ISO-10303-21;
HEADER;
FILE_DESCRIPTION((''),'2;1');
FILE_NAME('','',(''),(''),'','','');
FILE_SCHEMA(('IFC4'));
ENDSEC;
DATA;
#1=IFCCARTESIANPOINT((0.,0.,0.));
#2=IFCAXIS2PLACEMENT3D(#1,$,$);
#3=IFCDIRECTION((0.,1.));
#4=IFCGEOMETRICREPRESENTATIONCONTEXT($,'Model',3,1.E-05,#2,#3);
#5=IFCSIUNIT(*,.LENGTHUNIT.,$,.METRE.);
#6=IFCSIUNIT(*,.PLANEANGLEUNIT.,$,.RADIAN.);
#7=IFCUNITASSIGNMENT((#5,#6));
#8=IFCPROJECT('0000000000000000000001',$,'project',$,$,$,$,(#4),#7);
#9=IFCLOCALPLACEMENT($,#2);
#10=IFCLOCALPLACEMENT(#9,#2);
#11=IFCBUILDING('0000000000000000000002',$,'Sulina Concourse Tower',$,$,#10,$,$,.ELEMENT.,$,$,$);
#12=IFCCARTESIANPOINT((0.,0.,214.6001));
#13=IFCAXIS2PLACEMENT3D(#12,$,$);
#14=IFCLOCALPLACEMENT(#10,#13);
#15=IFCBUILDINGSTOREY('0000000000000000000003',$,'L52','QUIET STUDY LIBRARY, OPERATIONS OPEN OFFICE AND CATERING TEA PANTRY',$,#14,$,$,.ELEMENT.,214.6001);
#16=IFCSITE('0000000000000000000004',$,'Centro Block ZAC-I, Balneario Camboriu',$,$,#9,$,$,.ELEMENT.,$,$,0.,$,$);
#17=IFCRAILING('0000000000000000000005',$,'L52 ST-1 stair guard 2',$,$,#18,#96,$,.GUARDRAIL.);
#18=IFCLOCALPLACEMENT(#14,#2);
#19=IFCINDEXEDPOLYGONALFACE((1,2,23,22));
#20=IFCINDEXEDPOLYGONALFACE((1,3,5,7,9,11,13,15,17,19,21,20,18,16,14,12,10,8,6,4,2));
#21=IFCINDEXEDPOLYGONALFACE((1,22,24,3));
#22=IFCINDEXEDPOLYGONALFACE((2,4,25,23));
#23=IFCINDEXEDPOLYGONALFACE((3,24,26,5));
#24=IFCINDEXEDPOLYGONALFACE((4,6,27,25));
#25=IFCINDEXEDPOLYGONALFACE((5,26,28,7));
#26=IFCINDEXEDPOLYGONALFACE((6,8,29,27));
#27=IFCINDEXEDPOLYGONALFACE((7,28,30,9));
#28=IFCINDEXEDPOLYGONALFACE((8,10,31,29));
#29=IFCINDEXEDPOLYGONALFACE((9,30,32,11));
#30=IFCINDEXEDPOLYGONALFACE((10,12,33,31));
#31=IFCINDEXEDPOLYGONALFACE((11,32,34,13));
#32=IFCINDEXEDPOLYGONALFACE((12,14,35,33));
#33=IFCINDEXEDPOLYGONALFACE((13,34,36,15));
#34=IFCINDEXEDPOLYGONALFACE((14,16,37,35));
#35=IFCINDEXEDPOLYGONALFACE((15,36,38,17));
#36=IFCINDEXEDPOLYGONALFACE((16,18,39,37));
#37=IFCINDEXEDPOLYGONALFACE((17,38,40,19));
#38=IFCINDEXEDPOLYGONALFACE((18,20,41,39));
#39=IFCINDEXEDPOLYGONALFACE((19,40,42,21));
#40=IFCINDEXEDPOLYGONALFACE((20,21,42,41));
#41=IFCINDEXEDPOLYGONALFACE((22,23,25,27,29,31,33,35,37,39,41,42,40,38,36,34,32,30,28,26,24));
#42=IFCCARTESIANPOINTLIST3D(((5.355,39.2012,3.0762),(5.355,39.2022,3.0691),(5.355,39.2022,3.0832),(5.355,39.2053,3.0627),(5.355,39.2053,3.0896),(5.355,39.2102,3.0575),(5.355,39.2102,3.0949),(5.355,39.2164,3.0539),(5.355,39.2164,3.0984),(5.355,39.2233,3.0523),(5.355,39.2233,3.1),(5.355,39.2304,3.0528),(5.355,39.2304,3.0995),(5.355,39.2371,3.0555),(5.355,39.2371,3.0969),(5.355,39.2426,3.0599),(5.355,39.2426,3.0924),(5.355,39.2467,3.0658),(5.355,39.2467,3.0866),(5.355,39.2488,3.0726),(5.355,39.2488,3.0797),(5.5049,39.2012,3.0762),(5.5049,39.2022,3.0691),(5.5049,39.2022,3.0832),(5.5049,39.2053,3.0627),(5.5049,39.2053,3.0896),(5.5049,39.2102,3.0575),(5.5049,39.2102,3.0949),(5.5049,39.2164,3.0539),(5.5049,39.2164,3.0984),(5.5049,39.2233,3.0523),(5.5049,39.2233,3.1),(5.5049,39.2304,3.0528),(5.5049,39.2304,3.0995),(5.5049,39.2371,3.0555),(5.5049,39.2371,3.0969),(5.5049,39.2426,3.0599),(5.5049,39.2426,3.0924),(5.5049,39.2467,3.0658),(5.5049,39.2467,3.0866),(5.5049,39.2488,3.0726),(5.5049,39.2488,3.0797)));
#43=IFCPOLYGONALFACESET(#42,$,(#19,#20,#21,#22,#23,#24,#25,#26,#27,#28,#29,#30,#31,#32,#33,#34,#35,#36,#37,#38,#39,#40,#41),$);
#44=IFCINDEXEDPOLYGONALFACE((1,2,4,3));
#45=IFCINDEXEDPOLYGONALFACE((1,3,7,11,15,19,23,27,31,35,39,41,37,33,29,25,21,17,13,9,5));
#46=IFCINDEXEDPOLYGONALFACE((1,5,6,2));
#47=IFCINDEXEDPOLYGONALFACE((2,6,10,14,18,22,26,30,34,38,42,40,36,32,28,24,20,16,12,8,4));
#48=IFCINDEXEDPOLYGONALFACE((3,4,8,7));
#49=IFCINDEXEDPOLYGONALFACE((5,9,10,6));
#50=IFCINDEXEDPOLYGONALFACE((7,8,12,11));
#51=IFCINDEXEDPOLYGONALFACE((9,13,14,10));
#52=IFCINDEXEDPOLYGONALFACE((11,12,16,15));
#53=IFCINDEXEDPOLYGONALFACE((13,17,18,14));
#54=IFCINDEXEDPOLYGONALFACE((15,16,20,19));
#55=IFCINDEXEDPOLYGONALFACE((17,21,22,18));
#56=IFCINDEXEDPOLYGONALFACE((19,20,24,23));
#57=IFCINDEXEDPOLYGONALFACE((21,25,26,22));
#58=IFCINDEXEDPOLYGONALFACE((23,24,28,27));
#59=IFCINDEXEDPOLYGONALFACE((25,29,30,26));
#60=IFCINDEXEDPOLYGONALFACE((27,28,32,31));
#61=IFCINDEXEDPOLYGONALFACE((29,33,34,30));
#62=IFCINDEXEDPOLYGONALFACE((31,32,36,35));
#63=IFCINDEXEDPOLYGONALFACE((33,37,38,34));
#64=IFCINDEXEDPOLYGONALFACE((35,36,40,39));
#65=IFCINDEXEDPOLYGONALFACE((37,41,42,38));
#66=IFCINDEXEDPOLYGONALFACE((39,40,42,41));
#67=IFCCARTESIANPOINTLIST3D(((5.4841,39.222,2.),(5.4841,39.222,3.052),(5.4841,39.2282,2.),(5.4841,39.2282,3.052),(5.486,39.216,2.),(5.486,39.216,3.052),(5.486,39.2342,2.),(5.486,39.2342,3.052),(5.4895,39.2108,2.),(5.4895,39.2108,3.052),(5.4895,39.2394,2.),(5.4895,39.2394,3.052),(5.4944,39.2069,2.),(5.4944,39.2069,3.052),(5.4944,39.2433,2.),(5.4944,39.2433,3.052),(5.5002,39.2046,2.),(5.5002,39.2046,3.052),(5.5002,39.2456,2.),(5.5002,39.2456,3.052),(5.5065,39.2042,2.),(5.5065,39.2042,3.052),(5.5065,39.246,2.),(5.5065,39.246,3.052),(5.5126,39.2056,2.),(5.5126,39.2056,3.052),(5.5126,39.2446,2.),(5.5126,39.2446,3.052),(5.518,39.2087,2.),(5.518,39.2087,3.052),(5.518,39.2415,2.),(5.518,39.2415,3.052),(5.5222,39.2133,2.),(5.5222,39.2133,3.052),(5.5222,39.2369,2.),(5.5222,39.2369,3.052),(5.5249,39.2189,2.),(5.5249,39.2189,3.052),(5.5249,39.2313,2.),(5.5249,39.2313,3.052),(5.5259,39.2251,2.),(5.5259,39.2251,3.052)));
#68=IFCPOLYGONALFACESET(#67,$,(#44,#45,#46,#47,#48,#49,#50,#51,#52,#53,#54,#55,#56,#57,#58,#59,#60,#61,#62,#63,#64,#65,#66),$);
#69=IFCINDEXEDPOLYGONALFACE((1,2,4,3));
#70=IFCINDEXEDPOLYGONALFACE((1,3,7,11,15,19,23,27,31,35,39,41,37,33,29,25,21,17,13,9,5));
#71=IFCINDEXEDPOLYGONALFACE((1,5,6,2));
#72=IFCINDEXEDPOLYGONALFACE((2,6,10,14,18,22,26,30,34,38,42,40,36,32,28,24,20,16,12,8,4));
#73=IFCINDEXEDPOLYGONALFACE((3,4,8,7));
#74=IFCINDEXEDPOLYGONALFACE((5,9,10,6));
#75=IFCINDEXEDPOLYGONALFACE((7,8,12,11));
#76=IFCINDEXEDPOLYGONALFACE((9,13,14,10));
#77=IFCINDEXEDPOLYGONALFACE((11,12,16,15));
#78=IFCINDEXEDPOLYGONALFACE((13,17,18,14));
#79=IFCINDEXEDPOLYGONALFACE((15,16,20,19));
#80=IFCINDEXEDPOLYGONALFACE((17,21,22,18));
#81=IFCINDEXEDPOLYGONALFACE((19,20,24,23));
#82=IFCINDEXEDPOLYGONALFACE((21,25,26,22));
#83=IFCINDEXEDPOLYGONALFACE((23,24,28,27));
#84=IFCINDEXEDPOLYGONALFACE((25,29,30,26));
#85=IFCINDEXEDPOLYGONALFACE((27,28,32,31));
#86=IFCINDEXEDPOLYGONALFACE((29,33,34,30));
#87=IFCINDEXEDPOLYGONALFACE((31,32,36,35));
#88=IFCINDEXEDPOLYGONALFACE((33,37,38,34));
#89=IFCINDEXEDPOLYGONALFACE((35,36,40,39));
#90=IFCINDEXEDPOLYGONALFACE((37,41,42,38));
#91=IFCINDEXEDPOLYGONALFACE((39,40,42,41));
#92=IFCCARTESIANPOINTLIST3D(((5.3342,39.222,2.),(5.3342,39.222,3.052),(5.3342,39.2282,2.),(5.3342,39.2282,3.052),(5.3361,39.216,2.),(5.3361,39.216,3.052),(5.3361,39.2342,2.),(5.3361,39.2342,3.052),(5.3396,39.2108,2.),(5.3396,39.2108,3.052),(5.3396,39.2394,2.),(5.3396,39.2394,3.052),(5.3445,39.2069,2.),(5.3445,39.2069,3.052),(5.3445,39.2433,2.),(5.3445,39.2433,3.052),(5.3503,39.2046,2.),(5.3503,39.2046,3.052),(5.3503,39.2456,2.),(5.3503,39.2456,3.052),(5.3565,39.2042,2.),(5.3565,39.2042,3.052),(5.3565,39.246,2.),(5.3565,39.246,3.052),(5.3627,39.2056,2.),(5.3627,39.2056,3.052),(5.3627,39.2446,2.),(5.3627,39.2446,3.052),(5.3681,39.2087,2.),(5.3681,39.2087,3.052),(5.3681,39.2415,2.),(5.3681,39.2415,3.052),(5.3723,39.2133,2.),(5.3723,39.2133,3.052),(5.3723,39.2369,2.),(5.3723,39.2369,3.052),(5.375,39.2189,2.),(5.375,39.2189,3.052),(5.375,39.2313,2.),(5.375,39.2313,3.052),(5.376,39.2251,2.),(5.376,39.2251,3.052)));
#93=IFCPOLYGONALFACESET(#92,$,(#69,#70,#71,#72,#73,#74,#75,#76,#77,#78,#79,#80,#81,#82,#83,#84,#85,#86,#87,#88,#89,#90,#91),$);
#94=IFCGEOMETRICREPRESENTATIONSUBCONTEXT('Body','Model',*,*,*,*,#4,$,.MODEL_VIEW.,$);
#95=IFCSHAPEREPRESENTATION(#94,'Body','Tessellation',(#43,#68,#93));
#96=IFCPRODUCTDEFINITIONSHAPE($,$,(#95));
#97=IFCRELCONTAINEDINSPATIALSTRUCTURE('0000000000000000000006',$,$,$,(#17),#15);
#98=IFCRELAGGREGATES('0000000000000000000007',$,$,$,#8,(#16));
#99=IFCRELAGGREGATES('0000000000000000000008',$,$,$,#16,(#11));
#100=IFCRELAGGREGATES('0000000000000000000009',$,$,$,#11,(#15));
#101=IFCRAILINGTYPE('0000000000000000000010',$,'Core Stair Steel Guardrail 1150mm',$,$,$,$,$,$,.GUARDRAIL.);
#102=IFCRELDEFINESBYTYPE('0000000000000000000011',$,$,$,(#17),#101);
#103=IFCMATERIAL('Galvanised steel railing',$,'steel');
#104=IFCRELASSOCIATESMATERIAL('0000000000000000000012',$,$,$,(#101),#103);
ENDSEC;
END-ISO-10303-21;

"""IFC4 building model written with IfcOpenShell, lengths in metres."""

from ifc_helpers import new_model, si_unit, direction, frame, origin, origin_2d, place, context, subcontext, project, spatial, circle, extrude, material, type_object, element, save


model = new_model("IFC4")

# Units and contexts
model_context = context("Model", 3, precision=1e-05, world=origin(), true_north=direction((0.0, 1.0)))
body_context = subcontext(model_context, "Body", "Model", "MODEL_VIEW")
ifc_project = project(units=[si_unit("LENGTHUNIT", "METRE"), si_unit("PLANEANGLEUNIT", "RADIAN")], contexts=[model_context])

# Site, building, storey
site_placement = place(None, origin())
site = spatial("IfcSite", under=ifc_project, at=site_placement, Name="Centro Block ZAC-I, Balneario Camboriu", CompositionType="ELEMENT", RefElevation=0.0)
building_placement = place(site_placement, origin())
building = spatial("IfcBuilding", under=site, at=building_placement, Name="Sulina Concourse Tower", CompositionType="ELEMENT")
storey_placement = place(building_placement, frame((0.0, 0.0, 214.6001)))
storey = spatial("IfcBuildingStorey", under=building, at=storey_placement, Name="L52", Description="QUIET STUDY LIBRARY, OPERATIONS OPEN OFFICE AND CATERING TEA PANTRY", CompositionType="ELEMENT", Elevation=214.6001)

# Railing
ifc_material_1 = material(Name="Galvanised steel railing", Category="steel")
railing_type_1 = type_object("IfcRailingType", Name="Core Stair Steel Guardrail 1150mm", PredefinedType="GUARDRAIL", material=ifc_material_1)
railing_1_placement = place(storey_placement, frame((5.5049, 39.2251, 2.0)))
element("IfcRailing", 1, at=railing_1_placement, inside=storey, type_object=railing_type_1, Name="L52 ST-1 stair guard 2", PredefinedType="GUARDRAIL", context=body_context, shape_type="SweptSolid", body=[
    extrude(circle(Radius=0.0239, at=origin_2d()), frame((0.0, 0.0, 1.0762), z_axis=(-1.0, 0.0, 0.0), x_axis=(0.0, -1.0, 0.0)), (0.0, 0.0, 1.0), 0.1499),
    extrude(circle(Radius=0.021, at=origin_2d()), origin(), (0.0, 0.0, 1.0), 1.052),
    extrude(circle(Radius=0.021, at=origin_2d()), frame((-0.1499, 0.0, 0.0)), (0.0, 0.0, 1.0), 1.052),
])

save(model, "model.ifc")
